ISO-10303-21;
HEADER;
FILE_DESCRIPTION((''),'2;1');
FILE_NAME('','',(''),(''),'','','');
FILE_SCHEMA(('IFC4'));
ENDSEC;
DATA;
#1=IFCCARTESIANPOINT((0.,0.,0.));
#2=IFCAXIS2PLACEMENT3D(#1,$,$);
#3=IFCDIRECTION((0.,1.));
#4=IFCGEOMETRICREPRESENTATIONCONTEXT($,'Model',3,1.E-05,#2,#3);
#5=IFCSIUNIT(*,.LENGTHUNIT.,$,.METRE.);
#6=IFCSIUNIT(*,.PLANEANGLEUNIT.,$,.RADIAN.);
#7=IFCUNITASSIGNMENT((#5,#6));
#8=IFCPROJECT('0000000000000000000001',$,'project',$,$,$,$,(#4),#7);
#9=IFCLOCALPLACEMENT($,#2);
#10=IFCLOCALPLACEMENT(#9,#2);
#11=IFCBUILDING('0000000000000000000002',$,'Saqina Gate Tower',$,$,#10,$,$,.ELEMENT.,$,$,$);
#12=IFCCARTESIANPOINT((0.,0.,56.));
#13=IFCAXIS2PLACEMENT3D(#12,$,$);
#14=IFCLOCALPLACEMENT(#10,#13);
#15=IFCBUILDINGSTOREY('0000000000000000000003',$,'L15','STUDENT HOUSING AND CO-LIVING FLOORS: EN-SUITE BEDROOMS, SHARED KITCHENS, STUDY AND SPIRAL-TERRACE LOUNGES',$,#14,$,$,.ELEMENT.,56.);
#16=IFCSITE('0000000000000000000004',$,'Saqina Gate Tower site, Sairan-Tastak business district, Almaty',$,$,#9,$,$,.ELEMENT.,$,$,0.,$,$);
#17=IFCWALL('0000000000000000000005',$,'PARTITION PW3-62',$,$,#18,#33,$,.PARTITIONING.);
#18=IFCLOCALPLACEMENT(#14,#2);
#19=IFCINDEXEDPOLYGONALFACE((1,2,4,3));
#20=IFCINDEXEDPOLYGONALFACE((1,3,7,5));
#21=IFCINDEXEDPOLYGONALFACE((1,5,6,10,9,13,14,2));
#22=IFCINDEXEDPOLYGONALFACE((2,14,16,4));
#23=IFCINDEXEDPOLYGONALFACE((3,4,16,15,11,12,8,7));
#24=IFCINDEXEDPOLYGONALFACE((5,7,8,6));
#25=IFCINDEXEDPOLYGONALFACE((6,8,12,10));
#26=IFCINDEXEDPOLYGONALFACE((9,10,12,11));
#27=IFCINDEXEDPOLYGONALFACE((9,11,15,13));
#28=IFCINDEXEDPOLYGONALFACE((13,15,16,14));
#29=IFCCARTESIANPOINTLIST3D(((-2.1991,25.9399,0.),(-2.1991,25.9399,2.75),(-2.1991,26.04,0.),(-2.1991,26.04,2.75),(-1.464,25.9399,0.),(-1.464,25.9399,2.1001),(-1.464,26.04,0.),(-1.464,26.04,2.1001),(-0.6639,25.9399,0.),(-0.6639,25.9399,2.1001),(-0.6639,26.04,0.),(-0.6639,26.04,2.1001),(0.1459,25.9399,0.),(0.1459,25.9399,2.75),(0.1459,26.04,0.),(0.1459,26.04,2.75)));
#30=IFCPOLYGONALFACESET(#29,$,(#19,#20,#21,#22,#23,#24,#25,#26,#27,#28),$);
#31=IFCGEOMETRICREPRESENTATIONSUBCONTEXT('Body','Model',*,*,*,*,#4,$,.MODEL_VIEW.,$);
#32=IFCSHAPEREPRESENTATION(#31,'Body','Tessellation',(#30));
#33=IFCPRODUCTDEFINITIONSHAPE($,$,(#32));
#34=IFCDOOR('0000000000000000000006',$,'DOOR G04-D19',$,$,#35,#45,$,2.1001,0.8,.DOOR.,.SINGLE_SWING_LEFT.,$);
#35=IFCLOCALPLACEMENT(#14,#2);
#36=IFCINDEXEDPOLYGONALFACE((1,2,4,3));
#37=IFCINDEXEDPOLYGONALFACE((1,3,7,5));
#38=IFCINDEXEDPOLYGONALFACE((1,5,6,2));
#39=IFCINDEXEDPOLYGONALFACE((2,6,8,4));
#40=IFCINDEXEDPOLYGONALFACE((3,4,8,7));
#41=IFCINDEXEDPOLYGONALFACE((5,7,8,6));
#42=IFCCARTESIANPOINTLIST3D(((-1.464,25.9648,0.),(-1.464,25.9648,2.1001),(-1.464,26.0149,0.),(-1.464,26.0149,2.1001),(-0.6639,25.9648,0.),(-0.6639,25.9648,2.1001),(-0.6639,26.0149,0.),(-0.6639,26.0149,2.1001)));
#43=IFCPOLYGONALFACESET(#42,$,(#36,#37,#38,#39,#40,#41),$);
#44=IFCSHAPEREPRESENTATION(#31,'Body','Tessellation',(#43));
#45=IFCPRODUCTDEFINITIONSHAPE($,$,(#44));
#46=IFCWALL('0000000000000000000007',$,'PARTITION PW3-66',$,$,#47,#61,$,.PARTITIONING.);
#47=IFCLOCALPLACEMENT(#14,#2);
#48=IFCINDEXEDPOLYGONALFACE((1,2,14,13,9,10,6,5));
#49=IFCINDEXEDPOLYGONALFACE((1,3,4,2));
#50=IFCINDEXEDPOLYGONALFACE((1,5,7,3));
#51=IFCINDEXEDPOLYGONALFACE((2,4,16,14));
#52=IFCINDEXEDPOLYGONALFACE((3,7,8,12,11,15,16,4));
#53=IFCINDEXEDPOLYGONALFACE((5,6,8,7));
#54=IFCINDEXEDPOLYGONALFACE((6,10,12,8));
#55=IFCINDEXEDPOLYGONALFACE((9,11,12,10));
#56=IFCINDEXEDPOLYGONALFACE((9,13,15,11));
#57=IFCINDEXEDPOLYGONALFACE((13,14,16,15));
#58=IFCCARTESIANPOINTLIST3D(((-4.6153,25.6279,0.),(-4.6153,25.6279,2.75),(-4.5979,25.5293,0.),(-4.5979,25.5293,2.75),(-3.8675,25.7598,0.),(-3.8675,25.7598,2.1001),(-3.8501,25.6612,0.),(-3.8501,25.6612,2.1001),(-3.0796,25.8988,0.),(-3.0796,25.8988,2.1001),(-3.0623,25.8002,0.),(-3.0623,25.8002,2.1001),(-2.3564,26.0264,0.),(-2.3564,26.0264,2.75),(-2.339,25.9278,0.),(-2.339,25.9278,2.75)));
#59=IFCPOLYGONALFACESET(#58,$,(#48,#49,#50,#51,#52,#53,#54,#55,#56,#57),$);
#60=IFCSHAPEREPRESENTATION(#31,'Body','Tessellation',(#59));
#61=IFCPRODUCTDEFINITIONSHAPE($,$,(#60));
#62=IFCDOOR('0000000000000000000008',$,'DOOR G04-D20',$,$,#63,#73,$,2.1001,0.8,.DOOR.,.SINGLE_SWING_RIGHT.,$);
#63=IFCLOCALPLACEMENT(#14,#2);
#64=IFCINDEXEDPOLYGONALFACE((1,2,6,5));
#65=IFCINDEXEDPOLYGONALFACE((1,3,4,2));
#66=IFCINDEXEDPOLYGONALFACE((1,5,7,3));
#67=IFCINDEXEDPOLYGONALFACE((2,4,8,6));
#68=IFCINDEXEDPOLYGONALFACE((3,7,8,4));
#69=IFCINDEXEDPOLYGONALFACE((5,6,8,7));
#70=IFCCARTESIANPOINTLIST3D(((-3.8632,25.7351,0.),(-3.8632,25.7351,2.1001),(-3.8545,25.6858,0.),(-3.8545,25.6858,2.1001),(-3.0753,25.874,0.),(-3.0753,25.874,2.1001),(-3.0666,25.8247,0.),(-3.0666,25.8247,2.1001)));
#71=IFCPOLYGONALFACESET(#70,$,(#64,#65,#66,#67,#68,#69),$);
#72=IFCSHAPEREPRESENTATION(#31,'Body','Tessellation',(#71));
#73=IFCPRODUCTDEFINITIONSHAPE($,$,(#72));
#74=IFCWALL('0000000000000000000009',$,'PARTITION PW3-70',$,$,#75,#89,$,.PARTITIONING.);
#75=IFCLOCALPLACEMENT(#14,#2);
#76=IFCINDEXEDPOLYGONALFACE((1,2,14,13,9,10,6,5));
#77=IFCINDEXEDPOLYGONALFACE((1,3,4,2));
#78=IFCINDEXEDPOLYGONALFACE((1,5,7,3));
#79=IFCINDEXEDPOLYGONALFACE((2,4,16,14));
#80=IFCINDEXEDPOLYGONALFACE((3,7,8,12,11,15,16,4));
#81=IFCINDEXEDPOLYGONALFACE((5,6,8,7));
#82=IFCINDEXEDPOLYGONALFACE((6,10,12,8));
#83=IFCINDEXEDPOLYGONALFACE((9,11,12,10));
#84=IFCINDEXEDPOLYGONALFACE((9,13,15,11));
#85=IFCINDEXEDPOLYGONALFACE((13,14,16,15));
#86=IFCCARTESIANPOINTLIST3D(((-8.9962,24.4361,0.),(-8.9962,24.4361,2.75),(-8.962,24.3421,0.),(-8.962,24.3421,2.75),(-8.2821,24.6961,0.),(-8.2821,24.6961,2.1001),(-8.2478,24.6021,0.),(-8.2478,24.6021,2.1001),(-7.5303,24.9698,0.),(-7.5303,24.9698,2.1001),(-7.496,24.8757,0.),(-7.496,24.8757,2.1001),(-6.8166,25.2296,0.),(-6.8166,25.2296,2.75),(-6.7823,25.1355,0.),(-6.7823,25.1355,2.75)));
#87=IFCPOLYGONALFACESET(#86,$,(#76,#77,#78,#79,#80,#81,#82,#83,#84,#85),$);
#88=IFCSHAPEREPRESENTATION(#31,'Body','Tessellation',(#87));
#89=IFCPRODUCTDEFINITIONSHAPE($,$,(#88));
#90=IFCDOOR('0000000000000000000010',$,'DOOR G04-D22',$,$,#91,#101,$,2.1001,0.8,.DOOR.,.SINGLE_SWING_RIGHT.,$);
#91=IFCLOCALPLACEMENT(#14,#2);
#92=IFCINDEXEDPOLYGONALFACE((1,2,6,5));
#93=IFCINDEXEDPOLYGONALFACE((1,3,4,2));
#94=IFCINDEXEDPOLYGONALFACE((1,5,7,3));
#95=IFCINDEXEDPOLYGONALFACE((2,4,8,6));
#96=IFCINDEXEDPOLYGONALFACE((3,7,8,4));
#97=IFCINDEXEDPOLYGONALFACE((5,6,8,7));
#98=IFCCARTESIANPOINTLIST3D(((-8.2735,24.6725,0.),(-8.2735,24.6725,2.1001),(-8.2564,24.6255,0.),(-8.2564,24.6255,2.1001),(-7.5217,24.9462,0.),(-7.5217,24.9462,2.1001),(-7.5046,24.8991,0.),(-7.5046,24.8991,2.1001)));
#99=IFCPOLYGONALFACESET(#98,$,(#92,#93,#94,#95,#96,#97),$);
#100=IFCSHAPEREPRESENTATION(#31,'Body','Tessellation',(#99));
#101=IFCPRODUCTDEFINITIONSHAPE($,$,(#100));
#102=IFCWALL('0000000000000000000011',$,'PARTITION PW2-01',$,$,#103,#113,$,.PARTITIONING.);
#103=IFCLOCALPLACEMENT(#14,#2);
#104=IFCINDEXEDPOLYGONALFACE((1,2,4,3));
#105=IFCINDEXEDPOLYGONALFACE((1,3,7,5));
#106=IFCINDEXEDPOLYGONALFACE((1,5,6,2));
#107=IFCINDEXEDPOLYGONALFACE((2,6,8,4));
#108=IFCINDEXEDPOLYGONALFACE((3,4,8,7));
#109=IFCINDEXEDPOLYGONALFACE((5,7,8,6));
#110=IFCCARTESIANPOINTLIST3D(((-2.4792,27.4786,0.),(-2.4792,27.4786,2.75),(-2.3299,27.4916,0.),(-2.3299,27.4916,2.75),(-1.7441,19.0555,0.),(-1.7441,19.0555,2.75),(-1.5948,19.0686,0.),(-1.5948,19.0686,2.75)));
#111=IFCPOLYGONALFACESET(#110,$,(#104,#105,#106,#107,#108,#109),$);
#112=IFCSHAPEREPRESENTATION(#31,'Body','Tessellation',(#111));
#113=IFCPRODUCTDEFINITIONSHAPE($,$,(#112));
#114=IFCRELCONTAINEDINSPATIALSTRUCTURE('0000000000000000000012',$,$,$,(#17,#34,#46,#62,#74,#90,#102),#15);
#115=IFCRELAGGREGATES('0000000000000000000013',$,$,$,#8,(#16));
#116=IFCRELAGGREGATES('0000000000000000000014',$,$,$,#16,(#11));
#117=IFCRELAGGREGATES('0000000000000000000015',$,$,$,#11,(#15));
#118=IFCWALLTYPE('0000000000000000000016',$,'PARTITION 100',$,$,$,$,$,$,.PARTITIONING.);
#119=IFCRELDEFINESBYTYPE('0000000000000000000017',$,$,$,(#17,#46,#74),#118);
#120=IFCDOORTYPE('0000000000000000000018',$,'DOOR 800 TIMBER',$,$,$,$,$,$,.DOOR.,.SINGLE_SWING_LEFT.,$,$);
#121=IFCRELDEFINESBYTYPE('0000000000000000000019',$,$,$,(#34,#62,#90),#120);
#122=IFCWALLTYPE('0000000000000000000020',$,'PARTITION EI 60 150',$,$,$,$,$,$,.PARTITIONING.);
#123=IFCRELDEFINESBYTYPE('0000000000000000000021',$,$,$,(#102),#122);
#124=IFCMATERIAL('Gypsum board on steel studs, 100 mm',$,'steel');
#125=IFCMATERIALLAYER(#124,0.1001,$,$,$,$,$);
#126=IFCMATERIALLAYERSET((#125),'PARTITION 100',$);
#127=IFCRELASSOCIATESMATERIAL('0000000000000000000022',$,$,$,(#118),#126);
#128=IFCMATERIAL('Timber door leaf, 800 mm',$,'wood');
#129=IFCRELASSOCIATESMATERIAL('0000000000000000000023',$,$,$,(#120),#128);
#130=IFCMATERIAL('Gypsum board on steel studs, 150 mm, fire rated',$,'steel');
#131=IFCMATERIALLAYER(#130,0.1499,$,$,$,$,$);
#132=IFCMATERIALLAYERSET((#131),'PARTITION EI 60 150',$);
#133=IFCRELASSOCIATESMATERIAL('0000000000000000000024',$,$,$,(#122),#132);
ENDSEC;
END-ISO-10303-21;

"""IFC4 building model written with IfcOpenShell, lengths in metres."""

from ifc_helpers import new_model, si_unit, direction, frame, frame_2d, origin, place, context, subcontext, project, spatial, rectangle, extrude, material, layer, layer_set, type_object, element, fill, save


model = new_model("IFC4")

# Units and contexts
model_context = context("Model", 3, precision=1e-05, world=origin(), true_north=direction((0.0, 1.0)))
body_context = subcontext(model_context, "Body", "Model", "MODEL_VIEW")
ifc_project = project(units=[si_unit("LENGTHUNIT", "METRE"), si_unit("PLANEANGLEUNIT", "RADIAN")], contexts=[model_context])

# Site, building, storey
site_placement = place(None, origin())
site = spatial("IfcSite", under=ifc_project, at=site_placement, Name="Saqina Gate Tower site, Sairan-Tastak business district, Almaty", CompositionType="ELEMENT", RefElevation=0.0)
building_placement = place(site_placement, origin())
building = spatial("IfcBuilding", under=site, at=building_placement, Name="Saqina Gate Tower", CompositionType="ELEMENT")
storey_placement = place(building_placement, frame((0.0, 0.0, 56.0)))
storey = spatial("IfcBuildingStorey", under=building, at=storey_placement, Name="L15", Description="STUDENT HOUSING AND CO-LIVING FLOORS: EN-SUITE BEDROOMS, SHARED KITCHENS, STUDY AND SPIRAL-TERRACE LOUNGES", CompositionType="ELEMENT", Elevation=56.0)

# Shared definitions
ifc_material_1 = material(Name="Gypsum board on steel studs, 100 mm", Category="steel")
ifc_layer_1 = layer(ifc_material_1, 0.1001)
ifc_layer_set_1 = layer_set([ifc_layer_1], Name="PARTITION 100")
wall_type_1 = type_object("IfcWallType", Name="PARTITION 100", PredefinedType="PARTITIONING", material=ifc_layer_set_1)

# Walls, openings, doors
wall_1_placement = place(storey_placement, frame((-2.199, 25.99, 0.0), z_axis=(0.0, 0.0, 1.0), x_axis=(1.0, 0.0, 0.0)))
wall_1 = element("IfcWall", 1, at=wall_1_placement, inside=storey, type_object=wall_type_1, Name="PARTITION PW3-62", PredefinedType="PARTITIONING", context=body_context, shape_type="SweptSolid", body=[
    extrude(rectangle(XDim=2.345, YDim=0.1001, at=frame_2d((1.1724, 0.0))), origin(), (0.0, 0.0, 1.0), 2.75),
])
opening_1_placement = place(wall_1_placement, frame((0.7351, 0.0, 0.0)))
opening_1 = element("IfcOpeningElement", 2, at=opening_1_placement, cuts=wall_1, PredefinedType="OPENING", context=body_context, shape_type="SweptSolid", body=[
    extrude(rectangle(XDim=0.8, YDim=2.1001, at=frame_2d((0.3999, 1.05))), frame((0.0, 0.062, 0.0), z_axis=(0.0, -1.0, 0.0), x_axis=(1.0, 0.0, 0.0)), (0.0, 0.0, 1.0), 0.124),
])
ifc_material_2 = material(Name="Timber door leaf, 800 mm", Category="wood")
door_type = type_object("IfcDoorType", Name="DOOR 800 TIMBER", OperationType="SINGLE_SWING_LEFT", PredefinedType="DOOR", material=ifc_material_2)
door_1_placement = place(opening_1_placement, origin())
door_1 = element("IfcDoor", 3, at=door_1_placement, inside=storey, type_object=door_type, Name="DOOR G04-D19", OperationType="SINGLE_SWING_LEFT", OverallHeight=2.1001, OverallWidth=0.8, PredefinedType="DOOR", context=body_context, shape_type="SweptSolid", body=[
    extrude(rectangle(XDim=0.8, YDim=2.1001, at=frame_2d((0.3999, 1.05))), frame((0.0, 0.0249, 0.0), z_axis=(0.0, -1.0, 0.0), x_axis=(1.0, 0.0, 0.0)), (0.0, 0.0, 1.0), 0.05),
])
fill(opening_1, door_1)
wall_2_placement = place(storey_placement, frame((-4.6067, 25.5786, 0.0), z_axis=(0.0, 0.0, 1.0), x_axis=(0.984796, 0.173712, 0.0)))
wall_2 = element("IfcWall", 4, at=wall_2_placement, inside=storey, type_object=wall_type_1, Name="PARTITION PW3-66", PredefinedType="PARTITIONING", context=body_context, shape_type="SweptSolid", body=[
    extrude(rectangle(XDim=2.2937, YDim=0.1001, at=frame_2d((1.147, 0.0))), origin(), (0.0, 0.0, 1.0), 2.75),
])
opening_2_placement = place(wall_2_placement, frame((0.7595, 0.0, 0.0)))
opening_2 = element("IfcOpeningElement", 5, at=opening_2_placement, cuts=wall_2, PredefinedType="OPENING", context=body_context, shape_type="SweptSolid", body=[
    extrude(rectangle(XDim=0.8, YDim=2.1001, at=frame_2d((0.3999, 1.05))), frame((0.0, 0.062, 0.0), z_axis=(0.0, -1.0, 0.0), x_axis=(1.0, 0.0, 0.0)), (0.0, 0.0, 1.0), 0.124),
])
door_2_placement = place(opening_2_placement, origin())
door_2 = element("IfcDoor", 6, at=door_2_placement, inside=storey, type_object=door_type, Name="DOOR G04-D20", OperationType="SINGLE_SWING_RIGHT", OverallHeight=2.1001, OverallWidth=0.8, PredefinedType="DOOR", context=body_context, shape_type="SweptSolid", body=[
    extrude(rectangle(XDim=0.8, YDim=2.1001, at=frame_2d((0.3999, 1.05))), frame((0.0, 0.0249, 0.0), z_axis=(0.0, -1.0, 0.0), x_axis=(1.0, 0.0, 0.0)), (0.0, 0.0, 1.0), 0.05),
])
fill(opening_2, door_2)
wall_3_placement = place(storey_placement, frame((-8.979, 24.3892, 0.0), z_axis=(0.0, 0.0, 1.0), x_axis=(0.939677, 0.342064, 0.0)))
wall_3 = element("IfcWall", 7, at=wall_3_placement, inside=storey, type_object=wall_type_1, Name="PARTITION PW3-70", PredefinedType="PARTITIONING", context=body_context, shape_type="SweptSolid", body=[
    extrude(rectangle(XDim=2.3196, YDim=0.1001, at=frame_2d((1.1597, 0.0))), origin(), (0.0, 0.0, 1.0), 2.75),
])
opening_3_placement = place(wall_3_placement, frame((0.76, 0.0, 0.0)))
opening_3 = element("IfcOpeningElement", 8, at=opening_3_placement, cuts=wall_3, PredefinedType="OPENING", context=body_context, shape_type="SweptSolid", body=[
    extrude(rectangle(XDim=0.8, YDim=2.1001, at=frame_2d((0.3999, 1.05))), frame((0.0, 0.062, 0.0), z_axis=(0.0, -1.0, 0.0), x_axis=(1.0, 0.0, 0.0)), (0.0, 0.0, 1.0), 0.124),
])
door_3_placement = place(opening_3_placement, origin())
door_3 = element("IfcDoor", 9, at=door_3_placement, inside=storey, type_object=door_type, Name="DOOR G04-D22", OperationType="SINGLE_SWING_RIGHT", OverallHeight=2.1001, OverallWidth=0.8, PredefinedType="DOOR", context=body_context, shape_type="SweptSolid", body=[
    extrude(rectangle(XDim=0.8, YDim=2.1001, at=frame_2d((0.3999, 1.05))), frame((0.0, 0.0249, 0.0), z_axis=(0.0, -1.0, 0.0), x_axis=(1.0, 0.0, 0.0)), (0.0, 0.0, 1.0), 0.05),
])
fill(opening_3, door_3)

# Wall
ifc_material_3 = material(Name="Gypsum board on steel studs, 150 mm, fire rated", Category="steel")
ifc_layer_2 = layer(ifc_material_3, 0.1499)
ifc_layer_set_2 = layer_set([ifc_layer_2], Name="PARTITION EI 60 150")
wall_type_2 = type_object("IfcWallType", Name="PARTITION EI 60 150", PredefinedType="PARTITIONING", material=ifc_layer_set_2)
wall_4_placement = place(storey_placement, frame((-2.4045, 27.4851, 0.0), z_axis=(0.0, 0.0, 1.0), x_axis=(0.086942, -0.996213, 0.0)))
element("IfcWall", 10, at=wall_4_placement, inside=storey, type_object=wall_type_2, Name="PARTITION PW2-01", PredefinedType="PARTITIONING", context=body_context, shape_type="SweptSolid", body=[
    extrude(rectangle(XDim=8.4551, YDim=0.1499, at=frame_2d((4.2275, 0.0))), origin(), (0.0, 0.0, 1.0), 2.75),
])

save(model, "model.ifc")
